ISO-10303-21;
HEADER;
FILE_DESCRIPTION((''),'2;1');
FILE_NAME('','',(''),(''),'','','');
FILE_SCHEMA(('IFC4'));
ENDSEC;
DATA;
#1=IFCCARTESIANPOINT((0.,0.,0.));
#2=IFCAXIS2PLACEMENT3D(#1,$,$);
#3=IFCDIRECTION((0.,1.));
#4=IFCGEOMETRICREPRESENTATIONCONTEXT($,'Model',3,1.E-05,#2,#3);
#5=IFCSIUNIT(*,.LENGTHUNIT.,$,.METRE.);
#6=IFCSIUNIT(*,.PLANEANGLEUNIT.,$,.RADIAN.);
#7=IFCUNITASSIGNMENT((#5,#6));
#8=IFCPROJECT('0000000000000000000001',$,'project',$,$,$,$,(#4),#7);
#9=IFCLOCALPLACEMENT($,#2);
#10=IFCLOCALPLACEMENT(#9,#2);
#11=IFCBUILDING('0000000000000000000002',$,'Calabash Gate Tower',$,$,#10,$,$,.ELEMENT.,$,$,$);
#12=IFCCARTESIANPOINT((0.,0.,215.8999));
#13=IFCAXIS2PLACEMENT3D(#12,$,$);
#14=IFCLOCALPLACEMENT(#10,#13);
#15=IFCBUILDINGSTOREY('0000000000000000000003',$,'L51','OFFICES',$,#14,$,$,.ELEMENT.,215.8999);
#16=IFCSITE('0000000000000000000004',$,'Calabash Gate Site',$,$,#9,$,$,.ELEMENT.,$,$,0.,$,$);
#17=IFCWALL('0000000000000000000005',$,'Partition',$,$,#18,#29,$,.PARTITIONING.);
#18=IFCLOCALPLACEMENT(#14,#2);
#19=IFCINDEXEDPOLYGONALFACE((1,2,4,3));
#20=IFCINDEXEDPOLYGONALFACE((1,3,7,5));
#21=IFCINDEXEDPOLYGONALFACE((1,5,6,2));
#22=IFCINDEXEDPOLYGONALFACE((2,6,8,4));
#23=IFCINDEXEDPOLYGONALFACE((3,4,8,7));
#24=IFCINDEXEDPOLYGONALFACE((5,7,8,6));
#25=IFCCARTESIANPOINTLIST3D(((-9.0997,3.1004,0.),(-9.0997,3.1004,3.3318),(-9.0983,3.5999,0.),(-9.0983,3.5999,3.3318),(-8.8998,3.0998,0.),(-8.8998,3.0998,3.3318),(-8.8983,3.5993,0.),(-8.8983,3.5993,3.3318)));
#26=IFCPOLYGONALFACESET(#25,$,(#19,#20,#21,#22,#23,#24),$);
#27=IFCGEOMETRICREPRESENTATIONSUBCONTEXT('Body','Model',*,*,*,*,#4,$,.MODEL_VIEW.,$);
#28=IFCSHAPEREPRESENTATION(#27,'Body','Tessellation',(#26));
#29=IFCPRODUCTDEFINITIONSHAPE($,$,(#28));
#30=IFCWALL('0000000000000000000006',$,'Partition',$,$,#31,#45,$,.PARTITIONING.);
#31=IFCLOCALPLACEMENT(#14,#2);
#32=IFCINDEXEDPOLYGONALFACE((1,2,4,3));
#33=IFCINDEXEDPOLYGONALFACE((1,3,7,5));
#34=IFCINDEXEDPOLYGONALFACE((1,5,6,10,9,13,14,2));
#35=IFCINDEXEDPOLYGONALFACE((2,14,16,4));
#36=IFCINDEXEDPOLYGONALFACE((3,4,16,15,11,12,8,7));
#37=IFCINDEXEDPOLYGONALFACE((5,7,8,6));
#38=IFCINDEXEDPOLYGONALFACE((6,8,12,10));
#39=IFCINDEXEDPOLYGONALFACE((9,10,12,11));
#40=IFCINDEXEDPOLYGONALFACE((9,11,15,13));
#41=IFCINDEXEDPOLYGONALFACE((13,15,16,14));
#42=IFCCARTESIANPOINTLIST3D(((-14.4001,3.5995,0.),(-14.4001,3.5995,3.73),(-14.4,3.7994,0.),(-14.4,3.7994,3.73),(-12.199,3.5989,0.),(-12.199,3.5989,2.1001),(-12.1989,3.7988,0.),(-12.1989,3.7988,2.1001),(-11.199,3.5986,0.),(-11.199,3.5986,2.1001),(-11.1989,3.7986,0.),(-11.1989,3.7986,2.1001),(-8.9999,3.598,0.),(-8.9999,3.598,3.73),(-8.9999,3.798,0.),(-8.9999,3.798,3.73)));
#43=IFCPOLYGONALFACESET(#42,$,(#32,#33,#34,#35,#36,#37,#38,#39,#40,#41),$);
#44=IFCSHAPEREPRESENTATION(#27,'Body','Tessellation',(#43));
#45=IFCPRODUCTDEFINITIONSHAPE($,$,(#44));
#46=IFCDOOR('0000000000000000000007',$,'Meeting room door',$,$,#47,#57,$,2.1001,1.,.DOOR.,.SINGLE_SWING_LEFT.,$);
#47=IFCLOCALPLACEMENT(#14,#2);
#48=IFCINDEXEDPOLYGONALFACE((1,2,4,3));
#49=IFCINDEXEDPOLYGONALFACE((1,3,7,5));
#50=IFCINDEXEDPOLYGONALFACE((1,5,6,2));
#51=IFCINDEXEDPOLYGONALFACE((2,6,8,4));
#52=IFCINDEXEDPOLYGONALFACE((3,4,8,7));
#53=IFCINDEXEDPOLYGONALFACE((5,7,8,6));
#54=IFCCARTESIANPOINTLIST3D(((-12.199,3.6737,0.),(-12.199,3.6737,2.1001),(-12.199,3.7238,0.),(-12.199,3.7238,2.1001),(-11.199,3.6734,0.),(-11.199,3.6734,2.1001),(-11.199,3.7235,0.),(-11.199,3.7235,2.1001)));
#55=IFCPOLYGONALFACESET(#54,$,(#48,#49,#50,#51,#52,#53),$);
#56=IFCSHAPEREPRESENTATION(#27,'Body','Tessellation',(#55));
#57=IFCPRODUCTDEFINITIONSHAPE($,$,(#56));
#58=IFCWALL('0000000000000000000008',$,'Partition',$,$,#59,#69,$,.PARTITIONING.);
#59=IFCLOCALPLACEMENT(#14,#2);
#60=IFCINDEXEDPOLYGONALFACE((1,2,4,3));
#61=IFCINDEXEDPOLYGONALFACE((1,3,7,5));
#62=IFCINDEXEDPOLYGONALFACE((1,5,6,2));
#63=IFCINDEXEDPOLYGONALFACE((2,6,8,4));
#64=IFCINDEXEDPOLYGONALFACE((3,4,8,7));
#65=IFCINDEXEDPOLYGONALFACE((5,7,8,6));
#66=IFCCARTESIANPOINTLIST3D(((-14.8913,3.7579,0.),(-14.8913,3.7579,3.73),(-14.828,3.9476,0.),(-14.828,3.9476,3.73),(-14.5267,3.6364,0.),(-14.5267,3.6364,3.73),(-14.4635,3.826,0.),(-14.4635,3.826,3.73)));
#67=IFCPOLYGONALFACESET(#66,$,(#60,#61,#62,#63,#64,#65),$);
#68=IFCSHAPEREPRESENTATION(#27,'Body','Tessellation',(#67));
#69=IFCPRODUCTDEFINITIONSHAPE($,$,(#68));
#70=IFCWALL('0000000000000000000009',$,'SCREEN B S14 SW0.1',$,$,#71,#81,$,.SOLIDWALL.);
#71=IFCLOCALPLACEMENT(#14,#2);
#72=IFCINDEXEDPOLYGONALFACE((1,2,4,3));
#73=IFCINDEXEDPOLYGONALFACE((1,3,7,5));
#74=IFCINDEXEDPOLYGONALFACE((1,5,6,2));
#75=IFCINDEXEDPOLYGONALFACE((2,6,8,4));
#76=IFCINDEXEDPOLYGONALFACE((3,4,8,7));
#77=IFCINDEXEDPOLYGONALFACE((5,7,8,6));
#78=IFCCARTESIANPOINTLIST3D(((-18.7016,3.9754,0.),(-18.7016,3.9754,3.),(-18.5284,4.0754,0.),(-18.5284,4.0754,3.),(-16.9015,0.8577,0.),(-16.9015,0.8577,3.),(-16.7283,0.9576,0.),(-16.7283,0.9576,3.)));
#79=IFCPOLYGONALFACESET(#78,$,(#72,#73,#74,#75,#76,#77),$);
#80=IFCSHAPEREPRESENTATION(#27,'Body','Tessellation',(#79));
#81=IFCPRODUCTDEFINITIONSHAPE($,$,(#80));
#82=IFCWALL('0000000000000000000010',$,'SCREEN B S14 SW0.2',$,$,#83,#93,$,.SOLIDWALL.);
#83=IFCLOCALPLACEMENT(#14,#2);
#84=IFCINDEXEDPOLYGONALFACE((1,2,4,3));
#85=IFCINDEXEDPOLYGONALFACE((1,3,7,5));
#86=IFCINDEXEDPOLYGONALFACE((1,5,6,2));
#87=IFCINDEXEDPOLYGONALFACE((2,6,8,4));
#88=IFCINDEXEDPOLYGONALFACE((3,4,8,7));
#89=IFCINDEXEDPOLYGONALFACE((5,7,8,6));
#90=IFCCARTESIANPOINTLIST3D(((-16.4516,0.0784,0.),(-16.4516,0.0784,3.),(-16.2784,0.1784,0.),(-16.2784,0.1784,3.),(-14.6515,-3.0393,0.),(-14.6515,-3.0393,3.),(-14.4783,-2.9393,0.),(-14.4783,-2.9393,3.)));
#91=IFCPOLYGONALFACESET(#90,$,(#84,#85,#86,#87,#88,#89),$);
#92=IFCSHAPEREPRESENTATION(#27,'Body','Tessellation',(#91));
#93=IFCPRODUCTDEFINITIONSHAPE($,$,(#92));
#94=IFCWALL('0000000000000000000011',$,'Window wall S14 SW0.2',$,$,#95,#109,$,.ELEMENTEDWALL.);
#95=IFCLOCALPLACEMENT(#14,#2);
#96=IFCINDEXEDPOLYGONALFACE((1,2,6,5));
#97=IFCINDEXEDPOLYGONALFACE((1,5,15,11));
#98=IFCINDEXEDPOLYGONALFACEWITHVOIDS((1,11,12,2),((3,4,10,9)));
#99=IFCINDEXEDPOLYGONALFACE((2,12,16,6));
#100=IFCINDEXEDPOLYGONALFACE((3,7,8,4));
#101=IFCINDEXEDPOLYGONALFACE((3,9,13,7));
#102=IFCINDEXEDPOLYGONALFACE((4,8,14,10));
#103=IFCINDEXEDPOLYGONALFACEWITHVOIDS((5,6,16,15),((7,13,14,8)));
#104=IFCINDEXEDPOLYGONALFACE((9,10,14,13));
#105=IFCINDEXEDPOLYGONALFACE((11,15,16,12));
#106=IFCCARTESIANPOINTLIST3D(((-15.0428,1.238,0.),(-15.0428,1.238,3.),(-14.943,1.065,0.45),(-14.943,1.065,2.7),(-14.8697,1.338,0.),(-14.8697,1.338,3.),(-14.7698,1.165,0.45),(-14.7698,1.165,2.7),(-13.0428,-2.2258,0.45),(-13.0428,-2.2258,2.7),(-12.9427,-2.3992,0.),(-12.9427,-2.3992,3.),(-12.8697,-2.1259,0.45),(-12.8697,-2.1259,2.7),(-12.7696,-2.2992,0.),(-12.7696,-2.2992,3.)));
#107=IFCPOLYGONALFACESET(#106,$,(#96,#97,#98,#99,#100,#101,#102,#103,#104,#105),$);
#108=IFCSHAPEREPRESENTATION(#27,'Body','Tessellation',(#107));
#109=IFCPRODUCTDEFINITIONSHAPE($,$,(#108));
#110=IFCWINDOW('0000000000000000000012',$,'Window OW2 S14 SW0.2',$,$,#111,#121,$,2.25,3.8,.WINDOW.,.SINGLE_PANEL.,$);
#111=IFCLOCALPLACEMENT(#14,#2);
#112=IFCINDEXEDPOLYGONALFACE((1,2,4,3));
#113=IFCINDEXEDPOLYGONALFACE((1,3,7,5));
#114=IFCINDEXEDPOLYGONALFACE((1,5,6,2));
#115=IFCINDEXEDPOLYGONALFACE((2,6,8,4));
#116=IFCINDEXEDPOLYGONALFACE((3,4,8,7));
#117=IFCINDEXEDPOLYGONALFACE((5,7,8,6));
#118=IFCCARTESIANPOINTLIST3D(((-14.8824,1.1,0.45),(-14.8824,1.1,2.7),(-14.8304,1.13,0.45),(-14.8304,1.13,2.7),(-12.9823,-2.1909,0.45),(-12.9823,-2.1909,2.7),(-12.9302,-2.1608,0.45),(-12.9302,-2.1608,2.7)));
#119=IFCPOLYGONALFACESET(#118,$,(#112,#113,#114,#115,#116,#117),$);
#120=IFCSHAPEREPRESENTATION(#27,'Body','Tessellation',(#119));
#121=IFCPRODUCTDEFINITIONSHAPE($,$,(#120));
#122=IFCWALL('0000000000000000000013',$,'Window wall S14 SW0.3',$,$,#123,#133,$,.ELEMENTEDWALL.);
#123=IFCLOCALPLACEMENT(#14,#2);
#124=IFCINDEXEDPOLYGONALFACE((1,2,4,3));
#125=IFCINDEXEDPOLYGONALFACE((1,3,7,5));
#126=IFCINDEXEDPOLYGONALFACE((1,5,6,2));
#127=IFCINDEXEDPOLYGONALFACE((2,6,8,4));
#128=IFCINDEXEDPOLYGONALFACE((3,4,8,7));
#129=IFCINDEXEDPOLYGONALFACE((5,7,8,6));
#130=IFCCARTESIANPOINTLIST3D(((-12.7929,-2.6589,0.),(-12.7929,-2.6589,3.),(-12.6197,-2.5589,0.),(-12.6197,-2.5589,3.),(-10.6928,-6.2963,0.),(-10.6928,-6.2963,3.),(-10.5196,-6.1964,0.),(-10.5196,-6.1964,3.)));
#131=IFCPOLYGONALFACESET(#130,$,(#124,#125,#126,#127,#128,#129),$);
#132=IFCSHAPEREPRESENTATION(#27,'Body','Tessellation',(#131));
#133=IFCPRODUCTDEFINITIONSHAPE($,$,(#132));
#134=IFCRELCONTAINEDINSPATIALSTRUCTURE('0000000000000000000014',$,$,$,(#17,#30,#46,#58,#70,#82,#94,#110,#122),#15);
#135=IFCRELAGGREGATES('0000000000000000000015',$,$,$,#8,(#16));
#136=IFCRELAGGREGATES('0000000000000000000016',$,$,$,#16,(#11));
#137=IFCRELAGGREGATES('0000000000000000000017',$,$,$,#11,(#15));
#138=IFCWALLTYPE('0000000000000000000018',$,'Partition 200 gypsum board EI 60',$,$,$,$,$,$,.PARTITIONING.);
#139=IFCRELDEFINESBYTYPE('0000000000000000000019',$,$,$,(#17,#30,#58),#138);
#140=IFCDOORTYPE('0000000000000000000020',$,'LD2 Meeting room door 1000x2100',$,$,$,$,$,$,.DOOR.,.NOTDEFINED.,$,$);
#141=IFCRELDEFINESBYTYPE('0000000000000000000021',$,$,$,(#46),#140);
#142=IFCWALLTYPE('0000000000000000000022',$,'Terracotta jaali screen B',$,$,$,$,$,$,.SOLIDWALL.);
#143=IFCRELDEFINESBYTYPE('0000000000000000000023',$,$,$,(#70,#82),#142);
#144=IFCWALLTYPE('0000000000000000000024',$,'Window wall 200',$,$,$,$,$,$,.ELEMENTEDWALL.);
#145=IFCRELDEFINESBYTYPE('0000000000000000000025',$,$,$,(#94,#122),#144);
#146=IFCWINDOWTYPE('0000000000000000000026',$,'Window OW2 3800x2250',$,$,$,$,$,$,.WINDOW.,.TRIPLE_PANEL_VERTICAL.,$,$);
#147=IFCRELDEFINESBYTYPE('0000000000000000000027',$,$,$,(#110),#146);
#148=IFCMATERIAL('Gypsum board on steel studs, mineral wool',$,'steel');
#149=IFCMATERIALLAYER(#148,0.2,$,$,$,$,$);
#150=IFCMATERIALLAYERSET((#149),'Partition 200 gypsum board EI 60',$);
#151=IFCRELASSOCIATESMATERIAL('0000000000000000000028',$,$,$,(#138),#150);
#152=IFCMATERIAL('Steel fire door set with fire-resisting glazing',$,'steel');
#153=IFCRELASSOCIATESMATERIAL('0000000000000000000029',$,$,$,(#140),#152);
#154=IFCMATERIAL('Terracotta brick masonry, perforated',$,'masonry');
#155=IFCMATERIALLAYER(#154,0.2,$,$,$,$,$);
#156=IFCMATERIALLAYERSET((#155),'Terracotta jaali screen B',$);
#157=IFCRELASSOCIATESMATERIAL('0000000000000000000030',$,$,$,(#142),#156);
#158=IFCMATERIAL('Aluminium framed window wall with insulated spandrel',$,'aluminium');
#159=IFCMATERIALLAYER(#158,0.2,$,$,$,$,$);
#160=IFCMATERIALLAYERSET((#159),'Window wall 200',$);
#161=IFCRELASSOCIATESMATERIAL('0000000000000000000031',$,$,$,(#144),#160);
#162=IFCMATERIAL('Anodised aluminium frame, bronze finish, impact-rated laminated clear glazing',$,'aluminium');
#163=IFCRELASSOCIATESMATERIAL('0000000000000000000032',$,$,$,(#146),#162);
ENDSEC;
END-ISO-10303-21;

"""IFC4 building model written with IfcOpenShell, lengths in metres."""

from ifc_helpers import new_model, si_unit, direction, frame, frame_2d, origin, place, context, subcontext, project, spatial, rectangle, extrude, material, layer, layer_set, type_object, element, fill, save


model = new_model("IFC4")

# Units and contexts
model_context = context("Model", 3, precision=1e-05, world=origin(), true_north=direction((0.0, 1.0)))
body_context = subcontext(model_context, "Body", "Model", "MODEL_VIEW")
ifc_project = project(units=[si_unit("LENGTHUNIT", "METRE"), si_unit("PLANEANGLEUNIT", "RADIAN")], contexts=[model_context])

# Site, building, storey
site_placement = place(None, origin())
site = spatial("IfcSite", under=ifc_project, at=site_placement, Name="Calabash Gate Site", CompositionType="ELEMENT", RefElevation=0.0)
building_placement = place(site_placement, origin())
building = spatial("IfcBuilding", under=site, at=building_placement, Name="Calabash Gate Tower", CompositionType="ELEMENT")
storey_placement = place(building_placement, frame((0.0, 0.0, 215.8999)))
storey = spatial("IfcBuildingStorey", under=building, at=storey_placement, Name="L51", Description="OFFICES", CompositionType="ELEMENT", Elevation=215.8999)

# Wall
ifc_material_1 = material(Name="Gypsum board on steel studs, mineral wool", Category="steel")
ifc_layer_1 = layer(ifc_material_1, 0.2)
ifc_layer_set_1 = layer_set([ifc_layer_1], Name="Partition 200 gypsum board EI 60")
wall_type_1 = type_object("IfcWallType", Name="Partition 200 gypsum board EI 60", PredefinedType="PARTITIONING", material=ifc_layer_set_1)
wall_1_placement = place(storey_placement, frame((-8.9998, 3.1001, 0.0), z_axis=(0.0, 0.0, 1.0), x_axis=(0.002933, 0.999996, 0.0)))
element("IfcWall", 1, at=wall_1_placement, inside=storey, type_object=wall_type_1, Name="Partition", PredefinedType="PARTITIONING", context=body_context, shape_type="SweptSolid", body=[
    extrude(rectangle(XDim=0.4995, YDim=0.2, at=frame_2d((0.2498, 0.0))), origin(), (0.0, 0.0, 1.0), 3.3318),
])

# Wall, opening, door
wall_2_placement = place(storey_placement, frame((-14.4001, 3.6995, 0.0), z_axis=(0.0, 0.0, 1.0), x_axis=(1.0, -0.000271, 0.0)))
wall_2 = element("IfcWall", 2, at=wall_2_placement, inside=storey, type_object=wall_type_1, Name="Partition", PredefinedType="PARTITIONING", context=body_context, shape_type="SweptSolid", body=[
    extrude(rectangle(XDim=5.4001, YDim=0.2, at=frame_2d((2.7002, 0.0))), origin(), (0.0, 0.0, 1.0), 3.73),
])
opening_1_placement = place(wall_2_placement, frame((2.2012, 0.0, 0.0)))
opening_1 = element("IfcOpeningElement", 3, at=opening_1_placement, cuts=wall_2, PredefinedType="OPENING", context=body_context, shape_type="SweptSolid", body=[
    extrude(rectangle(XDim=1.0, YDim=2.1001, at=frame_2d((0.5, 1.05))), frame((0.0, 0.1099, 0.0), z_axis=(0.0, -1.0, 0.0), x_axis=(1.0, 0.0, 0.0)), (0.0, 0.0, 1.0), 0.22),
])
ifc_material_2 = material(Name="Steel fire door set with fire-resisting glazing", Category="steel")
door_type = type_object("IfcDoorType", Name="LD2 Meeting room door 1000x2100", OperationType="NOTDEFINED", PredefinedType="DOOR", material=ifc_material_2)
door_placement = place(opening_1_placement, origin())
door = element("IfcDoor", 4, at=door_placement, inside=storey, type_object=door_type, Name="Meeting room door", OperationType="SINGLE_SWING_LEFT", OverallHeight=2.1001, OverallWidth=1.0, PredefinedType="DOOR", context=body_context, shape_type="SweptSolid", body=[
    extrude(rectangle(XDim=1.0, YDim=2.1001, at=frame_2d((0.5, 1.05))), frame((0.0, 0.0249, 0.0), z_axis=(0.0, -1.0, 0.0), x_axis=(1.0, 0.0, 0.0)), (0.0, 0.0, 1.0), 0.05),
])
fill(opening_1, door)

# Walls
wall_3_placement = place(storey_placement, frame((-14.8596, 3.8528, 0.0), z_axis=(0.0, 0.0, 1.0), x_axis=(0.94862, -0.316418, 0.0)))
element("IfcWall", 5, at=wall_3_placement, inside=storey, type_object=wall_type_1, Name="Partition", PredefinedType="PARTITIONING", context=body_context, shape_type="SweptSolid", body=[
    extrude(rectangle(XDim=0.3843, YDim=0.2, at=frame_2d((0.1921, 0.0))), origin(), (0.0, 0.0, 1.0), 3.73),
])
ifc_material_3 = material(Name="Terracotta brick masonry, perforated", Category="masonry")
ifc_layer_2 = layer(ifc_material_3, 0.2)
ifc_layer_set_2 = layer_set([ifc_layer_2], Name="Terracotta jaali screen B")
wall_type_2 = type_object("IfcWallType", Name="Terracotta jaali screen B", PredefinedType="SOLIDWALL", material=ifc_layer_set_2)
for number, where, z_axis, x_axis, name in (
    (6, (-18.615, 4.0254, 0.0), (0.0, 0.0, 1.0), (0.500012, -0.866018, 0.0), "SCREEN B S14 SW0.1"),
    (7, (-16.365, 0.1284, 0.0), (0.0, 0.0, 1.0), (0.500012, -0.866018, 0.0), "SCREEN B S14 SW0.2"),
):
    element("IfcWall", number, at=place(storey_placement, frame(where, z_axis=z_axis, x_axis=x_axis)), inside=storey, type_object=wall_type_2, Name=name, PredefinedType="SOLIDWALL", context=body_context, shape_type="SweptSolid", body=[
        extrude(rectangle(XDim=3.6001, YDim=0.2, at=frame_2d((1.8, 0.0))), origin(), (0.0, 0.0, 1.0), 3.0),
    ])

# Wall, opening, window
ifc_material_4 = material(Name="Aluminium framed window wall with insulated spandrel", Category="aluminium")
ifc_layer_3 = layer(ifc_material_4, 0.2)
ifc_layer_set_3 = layer_set([ifc_layer_3], Name="Window wall 200")
wall_type_3 = type_object("IfcWallType", Name="Window wall 200", PredefinedType="ELEMENTEDWALL", material=ifc_layer_set_3)
wall_4_placement = place(storey_placement, frame((-14.9563, 1.2881, 0.0), z_axis=(0.0, 0.0, 1.0), x_axis=(0.500028, -0.866009, 0.0)))
wall_4 = element("IfcWall", 8, at=wall_4_placement, inside=storey, type_object=wall_type_3, Name="Window wall S14 SW0.2", PredefinedType="ELEMENTEDWALL", context=body_context, shape_type="SweptSolid", body=[
    extrude(rectangle(XDim=4.2, YDim=0.2, at=frame_2d((2.1001, 0.0))), origin(), (0.0, 0.0, 1.0), 3.0),
])
opening_2_placement = place(wall_4_placement, frame((0.2, 0.0, 0.45)))
opening_2 = element("IfcOpeningElement", 9, at=opening_2_placement, cuts=wall_4, PredefinedType="OPENING", context=body_context, shape_type="SweptSolid", body=[
    extrude(rectangle(XDim=3.8, YDim=2.25, at=frame_2d((1.8999, 1.125))), frame((0.0, 0.1099, 0.0), z_axis=(0.0, -1.0, 0.0), x_axis=(1.0, 0.0, 0.0)), (0.0, 0.0, 1.0), 0.22),
])
ifc_material_5 = material(Name="Anodised aluminium frame, bronze finish, impact-rated laminated clear glazing", Category="aluminium")
window_type = type_object("IfcWindowType", Name="Window OW2 3800x2250", PartitioningType="TRIPLE_PANEL_VERTICAL", PredefinedType="WINDOW", material=ifc_material_5)
window_placement = place(opening_2_placement, origin())
window = element("IfcWindow", 10, at=window_placement, inside=storey, type_object=window_type, Name="Window OW2 S14 SW0.2", OverallHeight=2.25, OverallWidth=3.8, PartitioningType="SINGLE_PANEL", PredefinedType="WINDOW", context=body_context, shape_type="SweptSolid", body=[
    extrude(rectangle(XDim=3.8, YDim=2.25, at=frame_2d((1.8999, 1.125))), frame((0.0, 0.03, 0.0), z_axis=(0.0, -1.0, 0.0), x_axis=(1.0, 0.0, 0.0)), (0.0, 0.0, 1.0), 0.0601),
])
fill(opening_2, window)

# Wall
wall_5_placement = place(storey_placement, frame((-12.7063, -2.6089, 0.0), z_axis=(0.0, 0.0, 1.0), x_axis=(0.500003, -0.866024, 0.0)))
element("IfcWall", 11, at=wall_5_placement, inside=storey, type_object=wall_type_3, Name="Window wall S14 SW0.3", PredefinedType="ELEMENTEDWALL", context=body_context, shape_type="SweptSolid", body=[
    extrude(rectangle(XDim=4.2002, YDim=0.2, at=frame_2d((2.1001, 0.0))), origin(), (0.0, 0.0, 1.0), 3.0),
])

save(model, "model.ifc")
